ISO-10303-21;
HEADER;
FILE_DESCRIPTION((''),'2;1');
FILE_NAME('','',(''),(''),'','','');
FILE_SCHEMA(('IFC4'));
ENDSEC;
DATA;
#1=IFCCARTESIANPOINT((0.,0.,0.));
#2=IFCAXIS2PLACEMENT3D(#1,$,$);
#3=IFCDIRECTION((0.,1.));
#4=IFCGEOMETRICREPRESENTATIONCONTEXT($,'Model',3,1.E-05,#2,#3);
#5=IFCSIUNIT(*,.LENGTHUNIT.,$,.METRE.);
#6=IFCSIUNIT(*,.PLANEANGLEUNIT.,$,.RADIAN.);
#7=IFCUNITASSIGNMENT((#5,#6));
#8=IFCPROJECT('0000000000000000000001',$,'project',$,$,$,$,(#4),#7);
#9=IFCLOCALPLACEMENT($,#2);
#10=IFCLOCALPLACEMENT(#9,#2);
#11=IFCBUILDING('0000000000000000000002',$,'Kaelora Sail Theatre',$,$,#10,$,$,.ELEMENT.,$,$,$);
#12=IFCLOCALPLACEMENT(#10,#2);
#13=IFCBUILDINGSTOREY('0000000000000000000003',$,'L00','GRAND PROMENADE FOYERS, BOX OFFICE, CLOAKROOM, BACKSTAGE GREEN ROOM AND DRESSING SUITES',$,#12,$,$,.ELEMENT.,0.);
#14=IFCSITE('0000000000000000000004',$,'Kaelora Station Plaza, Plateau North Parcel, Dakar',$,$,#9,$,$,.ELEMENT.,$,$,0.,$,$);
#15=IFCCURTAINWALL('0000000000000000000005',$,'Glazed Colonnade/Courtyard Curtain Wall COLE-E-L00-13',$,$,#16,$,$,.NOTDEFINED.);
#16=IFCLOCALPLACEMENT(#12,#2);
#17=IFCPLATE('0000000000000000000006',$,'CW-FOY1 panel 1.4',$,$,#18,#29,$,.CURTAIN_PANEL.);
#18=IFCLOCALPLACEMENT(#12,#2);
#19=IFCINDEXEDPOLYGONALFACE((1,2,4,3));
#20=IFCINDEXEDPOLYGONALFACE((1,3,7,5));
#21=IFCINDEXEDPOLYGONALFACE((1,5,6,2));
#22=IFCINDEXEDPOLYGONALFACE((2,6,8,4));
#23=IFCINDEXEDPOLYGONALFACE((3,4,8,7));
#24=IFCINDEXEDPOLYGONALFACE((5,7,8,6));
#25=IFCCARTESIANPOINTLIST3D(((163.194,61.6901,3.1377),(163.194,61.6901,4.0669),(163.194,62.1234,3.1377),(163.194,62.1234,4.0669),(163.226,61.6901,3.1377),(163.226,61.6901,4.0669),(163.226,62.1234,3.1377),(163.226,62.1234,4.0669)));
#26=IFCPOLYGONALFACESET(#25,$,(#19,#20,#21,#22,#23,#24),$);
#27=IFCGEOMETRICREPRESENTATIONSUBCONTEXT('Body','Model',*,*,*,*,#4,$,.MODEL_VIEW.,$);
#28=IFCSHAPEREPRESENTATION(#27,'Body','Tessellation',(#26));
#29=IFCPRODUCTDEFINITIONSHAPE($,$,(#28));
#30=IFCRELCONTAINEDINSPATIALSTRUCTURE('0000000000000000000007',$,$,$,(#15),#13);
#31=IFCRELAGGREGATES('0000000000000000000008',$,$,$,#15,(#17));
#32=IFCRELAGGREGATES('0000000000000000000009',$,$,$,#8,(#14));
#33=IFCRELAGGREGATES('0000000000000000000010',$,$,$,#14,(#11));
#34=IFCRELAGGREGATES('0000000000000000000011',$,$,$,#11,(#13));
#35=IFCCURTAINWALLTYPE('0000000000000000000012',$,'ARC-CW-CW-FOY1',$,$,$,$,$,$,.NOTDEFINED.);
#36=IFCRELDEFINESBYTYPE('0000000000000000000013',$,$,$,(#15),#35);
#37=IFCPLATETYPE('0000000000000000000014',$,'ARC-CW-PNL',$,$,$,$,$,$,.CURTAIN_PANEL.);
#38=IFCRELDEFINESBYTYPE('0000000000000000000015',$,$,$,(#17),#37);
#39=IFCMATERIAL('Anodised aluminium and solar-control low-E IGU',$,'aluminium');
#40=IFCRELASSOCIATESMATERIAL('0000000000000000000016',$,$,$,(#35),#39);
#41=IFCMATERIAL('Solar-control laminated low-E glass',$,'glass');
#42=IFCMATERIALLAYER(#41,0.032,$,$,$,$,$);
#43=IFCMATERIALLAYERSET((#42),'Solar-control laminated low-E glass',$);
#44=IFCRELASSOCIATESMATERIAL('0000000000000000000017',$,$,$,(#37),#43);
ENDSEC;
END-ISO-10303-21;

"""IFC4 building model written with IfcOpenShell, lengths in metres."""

from ifc_helpers import new_model, si_unit, direction, frame, origin, origin_2d, place, context, subcontext, project, spatial, rectangle, extrude, material, layer, layer_set, type_object, element, aggregate, save


model = new_model("IFC4")

# Units and contexts
model_context = context("Model", 3, precision=1e-05, world=origin(), true_north=direction((0.0, 1.0)))
body_context = subcontext(model_context, "Body", "Model", "MODEL_VIEW")
ifc_project = project(units=[si_unit("LENGTHUNIT", "METRE"), si_unit("PLANEANGLEUNIT", "RADIAN")], contexts=[model_context])

# Site, building, storey
site_placement = place(None, origin())
site = spatial("IfcSite", under=ifc_project, at=site_placement, Name="Kaelora Station Plaza, Plateau North Parcel, Dakar", CompositionType="ELEMENT", RefElevation=0.0)
building_placement = place(site_placement, origin())
building = spatial("IfcBuilding", under=site, at=building_placement, Name="Kaelora Sail Theatre", CompositionType="ELEMENT")
storey_placement = place(building_placement, origin())
storey = spatial("IfcBuildingStorey", under=building, at=storey_placement, Name="L00", Description="GRAND PROMENADE FOYERS, BOX OFFICE, CLOAKROOM, BACKSTAGE GREEN ROOM AND DRESSING SUITES", CompositionType="ELEMENT", Elevation=0.0)

# Shared definitions
ifc_material_1 = material(Name="Anodised aluminium and solar-control low-E IGU", Category="aluminium")
curtain_wall_type = type_object("IfcCurtainWallType", Name="ARC-CW-CW-FOY1", PredefinedType="NOTDEFINED", material=ifc_material_1)

# Curtain wall
curtain_wall_1_placement = place(storey_placement, origin())
curtain_wall_1 = element("IfcCurtainWall", 1, at=curtain_wall_1_placement, inside=storey, type_object=curtain_wall_type, Name="Glazed Colonnade/Courtyard Curtain Wall COLE-E-L00-13", PredefinedType="NOTDEFINED")

# Plate
ifc_material_2 = material(Name="Solar-control laminated low-E glass", Category="glass")
ifc_layer = layer(ifc_material_2, 0.032)
ifc_layer_set = layer_set([ifc_layer], Name="Solar-control laminated low-E glass")
plate_type = type_object("IfcPlateType", Name="ARC-CW-PNL", PredefinedType="CURTAIN_PANEL", material=ifc_layer_set)
plate_1_placement = place(storey_placement, frame((163.21, 61.9067, 3.1377), z_axis=(0.0, 0.0, 1.0), x_axis=(0.0, 1.0, 0.0)))
plate_1 = element("IfcPlate", 2, at=plate_1_placement, type_object=plate_type, Name="CW-FOY1 panel 1.4", PredefinedType="CURTAIN_PANEL", context=body_context, shape_type="SweptSolid", body=[
    extrude(rectangle(XDim=0.4333, YDim=0.032, at=origin_2d()), origin(), (0.0, 0.0, 1.0), 0.9292),
])
aggregate(curtain_wall_1, [plate_1])

save(model, "model.ifc")
